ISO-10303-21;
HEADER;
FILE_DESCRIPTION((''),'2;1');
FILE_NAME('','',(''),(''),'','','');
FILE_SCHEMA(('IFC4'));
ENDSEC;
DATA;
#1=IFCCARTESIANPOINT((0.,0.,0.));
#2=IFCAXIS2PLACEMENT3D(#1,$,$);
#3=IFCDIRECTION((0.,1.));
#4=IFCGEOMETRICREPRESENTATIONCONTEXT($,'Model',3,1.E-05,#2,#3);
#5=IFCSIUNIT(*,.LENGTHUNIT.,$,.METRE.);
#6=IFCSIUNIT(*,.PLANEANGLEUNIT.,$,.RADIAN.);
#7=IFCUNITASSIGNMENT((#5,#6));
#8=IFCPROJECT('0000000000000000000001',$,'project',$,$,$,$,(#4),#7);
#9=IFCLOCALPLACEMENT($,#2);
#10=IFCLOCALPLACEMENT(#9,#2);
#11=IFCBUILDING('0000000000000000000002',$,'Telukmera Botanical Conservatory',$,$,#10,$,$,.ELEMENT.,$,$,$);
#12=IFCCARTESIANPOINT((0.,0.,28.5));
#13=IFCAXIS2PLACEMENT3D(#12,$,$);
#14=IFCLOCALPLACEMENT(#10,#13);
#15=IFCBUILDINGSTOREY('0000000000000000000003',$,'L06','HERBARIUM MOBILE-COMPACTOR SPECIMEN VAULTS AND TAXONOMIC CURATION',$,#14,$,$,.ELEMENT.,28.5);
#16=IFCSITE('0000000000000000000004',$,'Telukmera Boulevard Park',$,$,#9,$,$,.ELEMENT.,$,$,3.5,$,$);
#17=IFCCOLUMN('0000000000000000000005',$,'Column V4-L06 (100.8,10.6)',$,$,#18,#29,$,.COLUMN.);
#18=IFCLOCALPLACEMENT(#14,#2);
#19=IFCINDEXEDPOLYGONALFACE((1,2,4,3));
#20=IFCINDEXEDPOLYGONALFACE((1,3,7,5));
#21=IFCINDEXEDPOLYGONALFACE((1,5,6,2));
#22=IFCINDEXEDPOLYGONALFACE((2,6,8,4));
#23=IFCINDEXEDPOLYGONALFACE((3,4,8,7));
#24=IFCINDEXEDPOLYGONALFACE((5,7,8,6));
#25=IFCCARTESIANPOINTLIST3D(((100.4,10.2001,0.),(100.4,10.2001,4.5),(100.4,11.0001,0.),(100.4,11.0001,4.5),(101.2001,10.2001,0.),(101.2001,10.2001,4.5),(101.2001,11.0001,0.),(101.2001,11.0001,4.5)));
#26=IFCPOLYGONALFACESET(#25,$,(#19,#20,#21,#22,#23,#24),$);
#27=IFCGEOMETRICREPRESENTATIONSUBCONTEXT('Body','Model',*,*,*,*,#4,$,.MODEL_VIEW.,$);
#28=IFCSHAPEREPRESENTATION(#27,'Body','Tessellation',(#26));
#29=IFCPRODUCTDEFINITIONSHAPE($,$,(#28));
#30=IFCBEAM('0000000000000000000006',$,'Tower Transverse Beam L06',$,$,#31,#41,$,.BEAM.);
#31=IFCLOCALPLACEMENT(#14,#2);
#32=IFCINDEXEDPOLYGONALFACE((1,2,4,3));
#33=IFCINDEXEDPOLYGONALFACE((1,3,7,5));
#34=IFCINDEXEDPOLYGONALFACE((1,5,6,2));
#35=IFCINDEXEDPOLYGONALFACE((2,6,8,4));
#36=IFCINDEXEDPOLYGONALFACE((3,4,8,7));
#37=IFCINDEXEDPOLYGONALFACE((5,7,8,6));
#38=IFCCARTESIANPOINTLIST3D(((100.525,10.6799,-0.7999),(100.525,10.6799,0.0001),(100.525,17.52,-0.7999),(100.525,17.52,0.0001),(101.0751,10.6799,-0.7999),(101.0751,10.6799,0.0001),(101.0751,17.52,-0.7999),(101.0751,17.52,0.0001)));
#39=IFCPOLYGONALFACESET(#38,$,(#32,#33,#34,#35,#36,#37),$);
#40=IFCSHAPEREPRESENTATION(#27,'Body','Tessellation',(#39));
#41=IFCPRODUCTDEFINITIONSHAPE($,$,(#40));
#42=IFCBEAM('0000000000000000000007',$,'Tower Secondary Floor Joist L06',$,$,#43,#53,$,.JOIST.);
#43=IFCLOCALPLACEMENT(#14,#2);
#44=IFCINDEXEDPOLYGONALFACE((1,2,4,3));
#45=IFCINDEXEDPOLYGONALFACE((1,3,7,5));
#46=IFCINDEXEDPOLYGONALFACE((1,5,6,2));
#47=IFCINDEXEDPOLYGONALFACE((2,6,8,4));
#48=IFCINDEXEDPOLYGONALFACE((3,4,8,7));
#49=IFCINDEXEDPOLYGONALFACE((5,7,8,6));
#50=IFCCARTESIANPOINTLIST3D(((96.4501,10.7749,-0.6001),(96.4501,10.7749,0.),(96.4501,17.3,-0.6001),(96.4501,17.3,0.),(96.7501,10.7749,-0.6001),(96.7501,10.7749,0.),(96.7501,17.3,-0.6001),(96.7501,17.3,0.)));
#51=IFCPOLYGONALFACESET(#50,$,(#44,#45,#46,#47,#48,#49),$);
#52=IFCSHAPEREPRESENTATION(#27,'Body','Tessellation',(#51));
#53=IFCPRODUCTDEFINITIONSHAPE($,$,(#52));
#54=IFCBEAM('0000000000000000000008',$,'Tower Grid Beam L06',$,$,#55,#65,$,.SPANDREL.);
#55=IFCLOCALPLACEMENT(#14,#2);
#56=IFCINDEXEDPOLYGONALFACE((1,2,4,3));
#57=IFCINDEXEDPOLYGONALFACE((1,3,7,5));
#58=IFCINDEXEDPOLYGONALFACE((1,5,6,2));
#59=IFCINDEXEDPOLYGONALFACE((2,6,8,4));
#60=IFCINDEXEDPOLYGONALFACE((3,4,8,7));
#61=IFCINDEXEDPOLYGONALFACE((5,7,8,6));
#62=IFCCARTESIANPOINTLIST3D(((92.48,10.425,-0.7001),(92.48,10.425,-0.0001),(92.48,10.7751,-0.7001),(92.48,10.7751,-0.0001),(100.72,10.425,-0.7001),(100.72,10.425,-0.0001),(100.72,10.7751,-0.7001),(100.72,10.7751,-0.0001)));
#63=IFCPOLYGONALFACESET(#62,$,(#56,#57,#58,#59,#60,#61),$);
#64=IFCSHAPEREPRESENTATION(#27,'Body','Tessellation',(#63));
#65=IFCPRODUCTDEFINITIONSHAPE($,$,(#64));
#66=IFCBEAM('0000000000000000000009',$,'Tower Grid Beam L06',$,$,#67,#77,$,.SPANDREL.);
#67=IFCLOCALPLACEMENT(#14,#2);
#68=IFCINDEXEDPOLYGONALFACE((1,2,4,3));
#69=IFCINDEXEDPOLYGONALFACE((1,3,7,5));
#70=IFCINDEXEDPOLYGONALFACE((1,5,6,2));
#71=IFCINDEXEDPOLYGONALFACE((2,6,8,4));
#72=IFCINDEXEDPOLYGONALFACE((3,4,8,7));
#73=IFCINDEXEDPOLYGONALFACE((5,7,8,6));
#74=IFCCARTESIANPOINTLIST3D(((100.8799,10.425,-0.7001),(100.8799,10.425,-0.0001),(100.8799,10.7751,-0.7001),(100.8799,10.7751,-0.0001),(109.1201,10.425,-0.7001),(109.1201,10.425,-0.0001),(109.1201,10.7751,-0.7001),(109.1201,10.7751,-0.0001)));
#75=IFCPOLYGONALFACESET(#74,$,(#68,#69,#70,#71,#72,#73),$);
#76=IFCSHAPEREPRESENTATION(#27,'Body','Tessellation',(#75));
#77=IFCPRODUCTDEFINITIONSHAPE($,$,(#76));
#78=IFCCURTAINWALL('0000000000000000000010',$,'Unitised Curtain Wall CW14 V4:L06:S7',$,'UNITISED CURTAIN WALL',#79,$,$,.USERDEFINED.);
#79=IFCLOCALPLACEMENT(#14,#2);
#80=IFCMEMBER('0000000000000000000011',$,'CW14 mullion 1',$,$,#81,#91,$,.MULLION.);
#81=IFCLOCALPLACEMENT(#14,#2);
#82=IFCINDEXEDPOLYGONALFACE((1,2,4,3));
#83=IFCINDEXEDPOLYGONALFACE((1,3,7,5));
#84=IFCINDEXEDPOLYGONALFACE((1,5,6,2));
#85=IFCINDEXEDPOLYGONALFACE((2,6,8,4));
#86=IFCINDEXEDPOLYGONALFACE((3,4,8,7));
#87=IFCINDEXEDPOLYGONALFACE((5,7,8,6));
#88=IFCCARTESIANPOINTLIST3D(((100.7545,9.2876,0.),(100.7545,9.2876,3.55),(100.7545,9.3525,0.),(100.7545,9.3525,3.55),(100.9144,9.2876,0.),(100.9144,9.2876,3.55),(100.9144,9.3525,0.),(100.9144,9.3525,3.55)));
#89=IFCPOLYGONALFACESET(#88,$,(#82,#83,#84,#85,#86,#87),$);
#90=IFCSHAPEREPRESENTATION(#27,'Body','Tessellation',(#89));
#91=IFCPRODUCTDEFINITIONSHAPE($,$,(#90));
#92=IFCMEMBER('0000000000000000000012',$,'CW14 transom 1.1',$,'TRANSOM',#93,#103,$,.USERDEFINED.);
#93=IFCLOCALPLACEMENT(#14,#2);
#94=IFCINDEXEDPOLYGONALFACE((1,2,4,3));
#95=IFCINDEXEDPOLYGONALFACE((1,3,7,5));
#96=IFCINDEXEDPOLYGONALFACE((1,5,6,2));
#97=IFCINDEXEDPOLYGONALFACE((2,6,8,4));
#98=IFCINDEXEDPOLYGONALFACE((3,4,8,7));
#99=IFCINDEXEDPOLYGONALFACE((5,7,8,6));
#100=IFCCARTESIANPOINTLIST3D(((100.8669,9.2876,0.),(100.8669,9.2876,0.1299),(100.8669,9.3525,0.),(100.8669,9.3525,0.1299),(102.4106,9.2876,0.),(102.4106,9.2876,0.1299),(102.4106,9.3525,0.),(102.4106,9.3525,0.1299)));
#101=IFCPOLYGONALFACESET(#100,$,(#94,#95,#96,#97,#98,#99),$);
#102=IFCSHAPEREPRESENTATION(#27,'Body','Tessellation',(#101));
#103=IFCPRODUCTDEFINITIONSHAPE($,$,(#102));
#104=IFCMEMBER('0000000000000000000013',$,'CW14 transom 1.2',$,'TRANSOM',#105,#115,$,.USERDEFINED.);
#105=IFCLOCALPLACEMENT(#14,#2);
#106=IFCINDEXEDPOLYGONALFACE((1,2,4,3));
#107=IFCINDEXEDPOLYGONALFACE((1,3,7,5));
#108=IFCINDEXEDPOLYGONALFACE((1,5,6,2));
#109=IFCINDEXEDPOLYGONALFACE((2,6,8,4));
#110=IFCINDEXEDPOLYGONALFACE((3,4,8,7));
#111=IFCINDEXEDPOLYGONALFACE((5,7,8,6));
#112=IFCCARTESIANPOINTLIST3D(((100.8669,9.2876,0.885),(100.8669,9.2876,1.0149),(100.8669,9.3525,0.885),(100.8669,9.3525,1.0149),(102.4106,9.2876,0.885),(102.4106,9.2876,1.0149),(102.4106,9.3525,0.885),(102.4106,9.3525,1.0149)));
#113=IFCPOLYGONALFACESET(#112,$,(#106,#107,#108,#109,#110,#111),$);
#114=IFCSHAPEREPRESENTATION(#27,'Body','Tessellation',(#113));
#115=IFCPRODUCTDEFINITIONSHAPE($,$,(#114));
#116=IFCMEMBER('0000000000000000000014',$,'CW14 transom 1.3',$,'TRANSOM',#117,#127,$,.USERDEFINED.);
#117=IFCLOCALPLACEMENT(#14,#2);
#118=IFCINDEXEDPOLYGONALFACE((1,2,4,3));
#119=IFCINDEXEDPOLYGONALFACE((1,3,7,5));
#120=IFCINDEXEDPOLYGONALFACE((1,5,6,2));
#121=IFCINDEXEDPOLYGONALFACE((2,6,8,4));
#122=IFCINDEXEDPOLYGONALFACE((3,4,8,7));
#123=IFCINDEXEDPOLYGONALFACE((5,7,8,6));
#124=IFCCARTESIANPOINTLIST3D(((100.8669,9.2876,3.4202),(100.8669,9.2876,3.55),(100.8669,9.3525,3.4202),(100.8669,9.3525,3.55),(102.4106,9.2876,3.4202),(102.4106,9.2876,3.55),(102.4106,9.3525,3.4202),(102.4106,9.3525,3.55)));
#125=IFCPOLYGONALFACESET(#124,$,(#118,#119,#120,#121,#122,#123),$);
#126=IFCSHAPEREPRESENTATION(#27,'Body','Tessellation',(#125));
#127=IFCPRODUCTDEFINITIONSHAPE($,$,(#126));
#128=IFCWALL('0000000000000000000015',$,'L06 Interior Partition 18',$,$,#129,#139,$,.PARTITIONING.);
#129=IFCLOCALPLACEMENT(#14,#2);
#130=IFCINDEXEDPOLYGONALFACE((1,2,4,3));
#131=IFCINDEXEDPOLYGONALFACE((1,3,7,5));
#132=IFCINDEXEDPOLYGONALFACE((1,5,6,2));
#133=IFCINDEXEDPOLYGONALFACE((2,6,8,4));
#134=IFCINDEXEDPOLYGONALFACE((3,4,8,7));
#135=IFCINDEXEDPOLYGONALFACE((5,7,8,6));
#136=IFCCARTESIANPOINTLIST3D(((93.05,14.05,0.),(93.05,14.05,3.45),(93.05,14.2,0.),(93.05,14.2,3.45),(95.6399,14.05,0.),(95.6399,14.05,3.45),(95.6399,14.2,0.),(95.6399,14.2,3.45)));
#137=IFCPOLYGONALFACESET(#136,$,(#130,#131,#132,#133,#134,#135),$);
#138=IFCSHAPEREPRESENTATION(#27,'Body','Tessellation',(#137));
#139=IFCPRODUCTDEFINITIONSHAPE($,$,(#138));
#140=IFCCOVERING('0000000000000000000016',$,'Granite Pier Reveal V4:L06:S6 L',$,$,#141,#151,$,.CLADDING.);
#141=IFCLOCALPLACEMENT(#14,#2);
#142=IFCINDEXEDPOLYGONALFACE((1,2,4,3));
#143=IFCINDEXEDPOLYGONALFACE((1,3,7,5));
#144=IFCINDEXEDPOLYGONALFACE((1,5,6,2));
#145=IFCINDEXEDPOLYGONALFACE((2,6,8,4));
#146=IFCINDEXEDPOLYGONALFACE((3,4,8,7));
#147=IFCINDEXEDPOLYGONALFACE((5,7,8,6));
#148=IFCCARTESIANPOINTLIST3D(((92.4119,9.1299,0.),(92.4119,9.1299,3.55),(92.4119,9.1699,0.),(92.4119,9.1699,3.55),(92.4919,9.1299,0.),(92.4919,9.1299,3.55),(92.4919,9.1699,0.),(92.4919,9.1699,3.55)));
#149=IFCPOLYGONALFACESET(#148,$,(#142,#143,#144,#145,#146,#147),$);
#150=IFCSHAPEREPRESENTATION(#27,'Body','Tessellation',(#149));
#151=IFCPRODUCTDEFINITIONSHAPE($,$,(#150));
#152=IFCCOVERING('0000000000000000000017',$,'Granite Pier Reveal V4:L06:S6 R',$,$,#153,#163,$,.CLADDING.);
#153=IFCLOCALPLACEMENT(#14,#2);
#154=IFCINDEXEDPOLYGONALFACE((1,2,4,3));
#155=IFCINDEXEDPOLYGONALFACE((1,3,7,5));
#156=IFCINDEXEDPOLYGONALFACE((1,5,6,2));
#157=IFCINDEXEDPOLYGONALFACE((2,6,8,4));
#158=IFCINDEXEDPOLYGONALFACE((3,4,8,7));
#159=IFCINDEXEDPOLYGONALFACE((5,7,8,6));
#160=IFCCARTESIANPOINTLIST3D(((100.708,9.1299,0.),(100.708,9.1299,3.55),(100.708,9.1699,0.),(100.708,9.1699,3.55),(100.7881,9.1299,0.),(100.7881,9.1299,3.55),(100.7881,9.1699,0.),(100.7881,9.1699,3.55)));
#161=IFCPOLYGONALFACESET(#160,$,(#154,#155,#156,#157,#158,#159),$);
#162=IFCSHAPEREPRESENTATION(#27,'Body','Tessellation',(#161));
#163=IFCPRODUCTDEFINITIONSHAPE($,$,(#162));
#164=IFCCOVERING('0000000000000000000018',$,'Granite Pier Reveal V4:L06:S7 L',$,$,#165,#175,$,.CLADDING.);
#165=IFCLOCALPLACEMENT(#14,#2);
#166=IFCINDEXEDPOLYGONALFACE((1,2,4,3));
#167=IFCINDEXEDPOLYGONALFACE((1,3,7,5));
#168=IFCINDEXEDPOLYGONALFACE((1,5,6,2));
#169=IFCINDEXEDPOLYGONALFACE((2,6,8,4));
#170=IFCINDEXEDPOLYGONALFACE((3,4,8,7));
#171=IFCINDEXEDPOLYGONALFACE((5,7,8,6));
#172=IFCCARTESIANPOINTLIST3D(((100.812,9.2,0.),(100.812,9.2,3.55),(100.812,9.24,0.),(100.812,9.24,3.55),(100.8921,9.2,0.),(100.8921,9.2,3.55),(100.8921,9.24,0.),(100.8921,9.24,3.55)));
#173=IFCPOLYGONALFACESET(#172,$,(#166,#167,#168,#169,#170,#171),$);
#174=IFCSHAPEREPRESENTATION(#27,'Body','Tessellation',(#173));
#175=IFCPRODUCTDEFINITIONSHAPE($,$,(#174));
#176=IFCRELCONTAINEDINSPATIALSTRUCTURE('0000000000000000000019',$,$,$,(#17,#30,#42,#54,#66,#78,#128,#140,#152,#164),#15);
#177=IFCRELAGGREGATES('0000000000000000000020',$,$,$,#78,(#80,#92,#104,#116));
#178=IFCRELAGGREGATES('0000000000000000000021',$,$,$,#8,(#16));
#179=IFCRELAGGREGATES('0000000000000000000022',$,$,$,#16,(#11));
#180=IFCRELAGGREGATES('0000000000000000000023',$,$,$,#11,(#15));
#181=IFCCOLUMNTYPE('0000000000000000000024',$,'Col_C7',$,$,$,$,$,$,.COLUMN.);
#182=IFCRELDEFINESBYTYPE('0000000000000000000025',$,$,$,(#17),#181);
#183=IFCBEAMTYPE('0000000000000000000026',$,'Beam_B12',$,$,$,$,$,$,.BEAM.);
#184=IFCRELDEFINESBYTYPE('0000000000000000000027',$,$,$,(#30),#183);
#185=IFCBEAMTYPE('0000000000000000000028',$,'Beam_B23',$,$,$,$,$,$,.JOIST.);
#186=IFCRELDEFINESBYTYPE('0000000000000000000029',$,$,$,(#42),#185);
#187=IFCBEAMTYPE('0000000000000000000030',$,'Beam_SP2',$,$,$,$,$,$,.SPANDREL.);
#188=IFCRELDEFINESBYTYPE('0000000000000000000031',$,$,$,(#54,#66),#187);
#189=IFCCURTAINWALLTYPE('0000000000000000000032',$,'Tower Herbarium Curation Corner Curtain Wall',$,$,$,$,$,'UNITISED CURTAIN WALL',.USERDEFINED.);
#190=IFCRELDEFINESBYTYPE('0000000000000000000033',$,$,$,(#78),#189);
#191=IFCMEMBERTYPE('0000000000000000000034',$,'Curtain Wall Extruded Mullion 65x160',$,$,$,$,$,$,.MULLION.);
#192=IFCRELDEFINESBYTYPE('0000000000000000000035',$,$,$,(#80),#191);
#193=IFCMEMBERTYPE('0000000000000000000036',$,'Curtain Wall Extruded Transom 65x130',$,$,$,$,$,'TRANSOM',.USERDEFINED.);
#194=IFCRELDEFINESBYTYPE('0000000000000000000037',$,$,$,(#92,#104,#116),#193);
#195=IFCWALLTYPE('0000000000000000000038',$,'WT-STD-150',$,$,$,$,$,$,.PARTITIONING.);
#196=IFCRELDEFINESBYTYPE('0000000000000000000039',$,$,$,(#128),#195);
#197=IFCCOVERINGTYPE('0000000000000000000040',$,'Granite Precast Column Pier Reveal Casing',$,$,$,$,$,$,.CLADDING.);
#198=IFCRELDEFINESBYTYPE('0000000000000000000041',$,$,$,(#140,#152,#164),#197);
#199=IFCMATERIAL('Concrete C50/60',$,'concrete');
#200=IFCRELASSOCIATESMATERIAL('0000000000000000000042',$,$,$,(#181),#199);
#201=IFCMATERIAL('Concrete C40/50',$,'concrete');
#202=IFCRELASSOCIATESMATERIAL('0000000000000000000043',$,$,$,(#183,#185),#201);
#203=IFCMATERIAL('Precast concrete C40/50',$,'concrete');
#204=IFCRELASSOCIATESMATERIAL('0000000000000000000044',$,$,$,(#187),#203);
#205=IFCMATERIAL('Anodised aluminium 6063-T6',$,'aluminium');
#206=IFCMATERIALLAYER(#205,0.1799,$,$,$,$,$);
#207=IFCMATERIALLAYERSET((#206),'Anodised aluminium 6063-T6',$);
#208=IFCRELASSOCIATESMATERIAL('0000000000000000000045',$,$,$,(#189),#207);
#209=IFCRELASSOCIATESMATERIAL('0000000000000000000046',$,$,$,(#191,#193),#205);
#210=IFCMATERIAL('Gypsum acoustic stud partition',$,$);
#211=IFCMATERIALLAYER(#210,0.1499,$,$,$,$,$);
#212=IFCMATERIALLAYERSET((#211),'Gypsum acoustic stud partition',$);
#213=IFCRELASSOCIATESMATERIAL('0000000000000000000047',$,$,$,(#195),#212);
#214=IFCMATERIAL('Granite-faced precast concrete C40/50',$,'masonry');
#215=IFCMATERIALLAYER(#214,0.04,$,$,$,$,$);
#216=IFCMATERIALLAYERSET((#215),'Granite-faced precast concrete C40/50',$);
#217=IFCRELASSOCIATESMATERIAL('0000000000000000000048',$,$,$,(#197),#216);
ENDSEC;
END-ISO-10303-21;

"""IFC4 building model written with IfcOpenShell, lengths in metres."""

from ifc_helpers import new_model, si_unit, direction, frame, frame_2d, origin, origin_2d, place, context, subcontext, project, spatial, rectangle, extrude, material, layer, layer_set, material_profile, profile_set, type_object, element, aggregate, save


model = new_model("IFC4")

# Units and contexts
model_context = context("Model", 3, precision=1e-05, world=origin(), true_north=direction((0.0, 1.0)))
body_context = subcontext(model_context, "Body", "Model", "MODEL_VIEW")
ifc_project = project(units=[si_unit("LENGTHUNIT", "METRE"), si_unit("PLANEANGLEUNIT", "RADIAN")], contexts=[model_context])

# Site, building, storey
site_placement = place(None, origin())
site = spatial("IfcSite", under=ifc_project, at=site_placement, Name="Telukmera Boulevard Park", CompositionType="ELEMENT", RefElevation=3.5)
building_placement = place(site_placement, origin())
building = spatial("IfcBuilding", under=site, at=building_placement, Name="Telukmera Botanical Conservatory", CompositionType="ELEMENT")
storey_placement = place(building_placement, frame((0.0, 0.0, 28.5)))
storey = spatial("IfcBuildingStorey", under=building, at=storey_placement, Name="L06", Description="HERBARIUM MOBILE-COMPACTOR SPECIMEN VAULTS AND TAXONOMIC CURATION", CompositionType="ELEMENT", Elevation=28.5)

# Column
ifc_material_1 = material(Name="Concrete C50/60", Category="concrete")
ifc_material_profile_1 = material_profile(ifc_material_1, rectangle(XDim=0.8, YDim=0.8, at=origin_2d()), Name="RC 800x800")
ifc_profile_set_1 = profile_set([ifc_material_profile_1], Name="Concrete C50/60")
column_type = type_object("IfcColumnType", Name="Col_C7", PredefinedType="COLUMN", material=ifc_profile_set_1)
column_placement = place(storey_placement, frame((100.8, 10.6001, 0.0), z_axis=(0.0, 0.0, 1.0), x_axis=(1.0, 0.0, 0.0)))
element("IfcColumn", 1, at=column_placement, inside=storey, type_object=column_type, Name="Column V4-L06 (100.8,10.6)", PredefinedType="COLUMN", context=body_context, shape_type="SweptSolid", body=[
    extrude(rectangle(XDim=0.8, YDim=0.8, at=origin_2d()), origin(), (0.0, 0.0, 1.0), 4.5),
])

# Beams
ifc_material_2 = material(Name="Concrete C40/50", Category="concrete")
ifc_material_profile_2 = material_profile(ifc_material_2, rectangle(XDim=0.55, YDim=0.8, at=origin_2d()), Name="RC 550x800")
ifc_profile_set_2 = profile_set([ifc_material_profile_2], Name="Concrete C40/50")
beam_type_1 = type_object("IfcBeamType", Name="Beam_B12", PredefinedType="BEAM", material=ifc_profile_set_2)
beam_1_placement = place(storey_placement, frame((100.8, 10.6799, -0.3999), z_axis=(0.0, 1.0, 0.0), x_axis=(-1.0, 0.0, 0.0)))
element("IfcBeam", 2, at=beam_1_placement, inside=storey, type_object=beam_type_1, Name="Tower Transverse Beam L06", PredefinedType="BEAM", context=body_context, shape_type="SweptSolid", body=[
    extrude(rectangle(XDim=0.55, YDim=0.8, at=origin_2d()), origin(), (0.0, 0.0, 1.0), 6.8401),
])
ifc_material_profile_3 = material_profile(ifc_material_2, rectangle(XDim=0.3, YDim=0.6001, at=origin_2d()), Name="RC 300x600")
ifc_profile_set_3 = profile_set([ifc_material_profile_3], Name="Concrete C40/50")
beam_type_2 = type_object("IfcBeamType", Name="Beam_B23", PredefinedType="JOIST", material=ifc_profile_set_3)
beam_2_placement = place(storey_placement, frame((96.6001, 10.7749, -0.3), z_axis=(0.0, 1.0, 0.0), x_axis=(-1.0, 0.0, 0.0)))
element("IfcBeam", 3, at=beam_2_placement, inside=storey, type_object=beam_type_2, Name="Tower Secondary Floor Joist L06", PredefinedType="JOIST", context=body_context, shape_type="SweptSolid", body=[
    extrude(rectangle(XDim=0.3, YDim=0.6001, at=origin_2d()), origin(), (0.0, 0.0, 1.0), 6.5251),
])
ifc_material_3 = material(Name="Precast concrete C40/50", Category="concrete")
ifc_material_profile_4 = material_profile(ifc_material_3, rectangle(XDim=0.3501, YDim=0.7, at=origin_2d()), Name="PC 350x700")
ifc_profile_set_4 = profile_set([ifc_material_profile_4], Name="Precast concrete C40/50")
beam_type_3 = type_object("IfcBeamType", Name="Beam_SP2", PredefinedType="SPANDREL", material=ifc_profile_set_4)
beam_3_placement = place(storey_placement, frame((92.48, 10.6001, -0.3501), z_axis=(1.0, 0.0, 0.0), x_axis=(0.0, 1.0, 0.0)))
element("IfcBeam", 4, at=beam_3_placement, inside=storey, type_object=beam_type_3, Name="Tower Grid Beam L06", PredefinedType="SPANDREL", context=body_context, shape_type="SweptSolid", body=[
    extrude(rectangle(XDim=0.3501, YDim=0.7, at=origin_2d()), origin(), (0.0, 0.0, 1.0), 8.24),
])
beam_4_placement = place(storey_placement, frame((100.8799, 10.6001, -0.3501), z_axis=(1.0, 0.0, 0.0), x_axis=(0.0, 1.0, 0.0)))
element("IfcBeam", 5, at=beam_4_placement, inside=storey, type_object=beam_type_3, Name="Tower Grid Beam L06", PredefinedType="SPANDREL", context=body_context, shape_type="SweptSolid", body=[
    extrude(rectangle(XDim=0.3501, YDim=0.7, at=origin_2d()), origin(), (0.0, 0.0, 1.0), 8.2402),
])

# Curtain wall, members
ifc_material_4 = material(Name="Anodised aluminium 6063-T6", Category="aluminium")
ifc_layer_1 = layer(ifc_material_4, 0.1799)
ifc_layer_set_1 = layer_set([ifc_layer_1], Name="Anodised aluminium 6063-T6")
curtain_wall_type = type_object("IfcCurtainWallType", Name="Tower Herbarium Curation Corner Curtain Wall", ElementType="UNITISED CURTAIN WALL", PredefinedType="USERDEFINED", material=ifc_layer_set_1)
curtain_wall_placement = place(storey_placement, origin())
curtain_wall = element("IfcCurtainWall", 6, at=curtain_wall_placement, inside=storey, type_object=curtain_wall_type, Name="Unitised Curtain Wall CW14 V4:L06:S7", ObjectType="UNITISED CURTAIN WALL", PredefinedType="USERDEFINED")
ifc_material_profile_5 = material_profile(ifc_material_4, rectangle(XDim=0.0649, YDim=0.1599, at=origin_2d()), Name="ALU MULL 65x160")
ifc_profile_set_5 = profile_set([ifc_material_profile_5], Name="Anodised aluminium 6063-T6")
member_type_1 = type_object("IfcMemberType", Name="Curtain Wall Extruded Mullion 65x160", PredefinedType="MULLION", material=ifc_profile_set_5)
member_1_placement = place(storey_placement, frame((100.8345, 9.3201, 0.0), z_axis=(0.0, 0.0, 1.0), x_axis=(0.0, 1.0, 0.0)))
member_1 = element("IfcMember", 7, at=member_1_placement, type_object=member_type_1, Name="CW14 mullion 1", PredefinedType="MULLION", context=body_context, shape_type="SweptSolid", body=[
    extrude(rectangle(XDim=0.0649, YDim=0.1599, at=origin_2d()), origin(), (0.0, 0.0, 1.0), 3.55),
])
ifc_material_profile_6 = material_profile(ifc_material_4, rectangle(XDim=0.0649, YDim=0.1299, at=origin_2d()), Name="ALU TRAN 65x130")
ifc_profile_set_6 = profile_set([ifc_material_profile_6], Name="Anodised aluminium 6063-T6")
member_type_2 = type_object("IfcMemberType", Name="Curtain Wall Extruded Transom 65x130", ElementType="TRANSOM", PredefinedType="USERDEFINED", material=ifc_profile_set_6)
member_2_placement = place(storey_placement, frame((100.8669, 9.3201, 0.0649), z_axis=(1.0, 0.0, 0.0), x_axis=(0.0, 1.0, 0.0)))
member_2 = element("IfcMember", 8, at=member_2_placement, type_object=member_type_2, Name="CW14 transom 1.1", ObjectType="TRANSOM", PredefinedType="USERDEFINED", context=body_context, shape_type="SweptSolid", body=[
    extrude(rectangle(XDim=0.0649, YDim=0.1299, at=origin_2d()), origin(), (0.0, 0.0, 1.0), 1.5437),
])
member_3_placement = place(storey_placement, frame((100.8669, 9.3201, 0.95), z_axis=(1.0, 0.0, 0.0), x_axis=(0.0, 1.0, 0.0)))
member_3 = element("IfcMember", 9, at=member_3_placement, type_object=member_type_2, Name="CW14 transom 1.2", ObjectType="TRANSOM", PredefinedType="USERDEFINED", context=body_context, shape_type="SweptSolid", body=[
    extrude(rectangle(XDim=0.0649, YDim=0.1299, at=origin_2d()), origin(), (0.0, 0.0, 1.0), 1.5437),
])
member_4_placement = place(storey_placement, frame((100.8669, 9.3201, 3.4851), z_axis=(1.0, 0.0, 0.0), x_axis=(0.0, 1.0, 0.0)))
member_4 = element("IfcMember", 10, at=member_4_placement, type_object=member_type_2, Name="CW14 transom 1.3", ObjectType="TRANSOM", PredefinedType="USERDEFINED", context=body_context, shape_type="SweptSolid", body=[
    extrude(rectangle(XDim=0.0649, YDim=0.1299, at=origin_2d()), origin(), (0.0, 0.0, 1.0), 1.5437),
])
aggregate(curtain_wall, [member_1, member_2, member_3, member_4])

# Wall
ifc_material_5 = material(Name="Gypsum acoustic stud partition")
ifc_layer_2 = layer(ifc_material_5, 0.1499)
ifc_layer_set_2 = layer_set([ifc_layer_2], Name="Gypsum acoustic stud partition")
wall_type = type_object("IfcWallType", Name="WT-STD-150", PredefinedType="PARTITIONING", material=ifc_layer_set_2)
wall_placement = place(storey_placement, frame((93.05, 14.125, 0.0), z_axis=(0.0, 0.0, 1.0), x_axis=(1.0, 0.0, 0.0)))
element("IfcWall", 11, at=wall_placement, inside=storey, type_object=wall_type, Name="L06 Interior Partition 18", PredefinedType="PARTITIONING", context=body_context, shape_type="SweptSolid", body=[
    extrude(rectangle(XDim=2.5898, YDim=0.1499, at=frame_2d((1.2949, 0.0))), origin(), (0.0, 0.0, 1.0), 3.45),
])

# Coverings
ifc_material_6 = material(Name="Granite-faced precast concrete C40/50", Category="masonry")
ifc_layer_3 = layer(ifc_material_6, 0.04)
ifc_layer_set_3 = layer_set([ifc_layer_3], Name="Granite-faced precast concrete C40/50")
covering_type_1 = type_object("IfcCoveringType", Name="Granite Precast Column Pier Reveal Casing", PredefinedType="CLADDING", material=ifc_layer_set_3)
for number, where, z_axis, x_axis, name in (
    (12, (92.4519, 9.1499, 0.0), (0.0, 0.0, 1.0), (1.0, 0.0, 0.0), "Granite Pier Reveal V4:L06:S6 L"),
    (13, (100.748, 9.1499, 0.0), (0.0, 0.0, 1.0), (1.0, 0.0, 0.0), "Granite Pier Reveal V4:L06:S6 R"),
    (14, (100.8521, 9.22, 0.0), (0.0, 0.0, 1.0), (1.0, 0.0, 0.0), "Granite Pier Reveal V4:L06:S7 L"),
):
    element("IfcCovering", number, at=place(storey_placement, frame(where, z_axis=z_axis, x_axis=x_axis)), inside=storey, type_object=covering_type_1, Name=name, PredefinedType="CLADDING", context=body_context, shape_type="SweptSolid", body=[
        extrude(rectangle(XDim=0.0801, YDim=0.04, at=origin_2d()), origin(), (0.0, 0.0, 1.0), 3.55),
    ])

save(model, "model.ifc")
